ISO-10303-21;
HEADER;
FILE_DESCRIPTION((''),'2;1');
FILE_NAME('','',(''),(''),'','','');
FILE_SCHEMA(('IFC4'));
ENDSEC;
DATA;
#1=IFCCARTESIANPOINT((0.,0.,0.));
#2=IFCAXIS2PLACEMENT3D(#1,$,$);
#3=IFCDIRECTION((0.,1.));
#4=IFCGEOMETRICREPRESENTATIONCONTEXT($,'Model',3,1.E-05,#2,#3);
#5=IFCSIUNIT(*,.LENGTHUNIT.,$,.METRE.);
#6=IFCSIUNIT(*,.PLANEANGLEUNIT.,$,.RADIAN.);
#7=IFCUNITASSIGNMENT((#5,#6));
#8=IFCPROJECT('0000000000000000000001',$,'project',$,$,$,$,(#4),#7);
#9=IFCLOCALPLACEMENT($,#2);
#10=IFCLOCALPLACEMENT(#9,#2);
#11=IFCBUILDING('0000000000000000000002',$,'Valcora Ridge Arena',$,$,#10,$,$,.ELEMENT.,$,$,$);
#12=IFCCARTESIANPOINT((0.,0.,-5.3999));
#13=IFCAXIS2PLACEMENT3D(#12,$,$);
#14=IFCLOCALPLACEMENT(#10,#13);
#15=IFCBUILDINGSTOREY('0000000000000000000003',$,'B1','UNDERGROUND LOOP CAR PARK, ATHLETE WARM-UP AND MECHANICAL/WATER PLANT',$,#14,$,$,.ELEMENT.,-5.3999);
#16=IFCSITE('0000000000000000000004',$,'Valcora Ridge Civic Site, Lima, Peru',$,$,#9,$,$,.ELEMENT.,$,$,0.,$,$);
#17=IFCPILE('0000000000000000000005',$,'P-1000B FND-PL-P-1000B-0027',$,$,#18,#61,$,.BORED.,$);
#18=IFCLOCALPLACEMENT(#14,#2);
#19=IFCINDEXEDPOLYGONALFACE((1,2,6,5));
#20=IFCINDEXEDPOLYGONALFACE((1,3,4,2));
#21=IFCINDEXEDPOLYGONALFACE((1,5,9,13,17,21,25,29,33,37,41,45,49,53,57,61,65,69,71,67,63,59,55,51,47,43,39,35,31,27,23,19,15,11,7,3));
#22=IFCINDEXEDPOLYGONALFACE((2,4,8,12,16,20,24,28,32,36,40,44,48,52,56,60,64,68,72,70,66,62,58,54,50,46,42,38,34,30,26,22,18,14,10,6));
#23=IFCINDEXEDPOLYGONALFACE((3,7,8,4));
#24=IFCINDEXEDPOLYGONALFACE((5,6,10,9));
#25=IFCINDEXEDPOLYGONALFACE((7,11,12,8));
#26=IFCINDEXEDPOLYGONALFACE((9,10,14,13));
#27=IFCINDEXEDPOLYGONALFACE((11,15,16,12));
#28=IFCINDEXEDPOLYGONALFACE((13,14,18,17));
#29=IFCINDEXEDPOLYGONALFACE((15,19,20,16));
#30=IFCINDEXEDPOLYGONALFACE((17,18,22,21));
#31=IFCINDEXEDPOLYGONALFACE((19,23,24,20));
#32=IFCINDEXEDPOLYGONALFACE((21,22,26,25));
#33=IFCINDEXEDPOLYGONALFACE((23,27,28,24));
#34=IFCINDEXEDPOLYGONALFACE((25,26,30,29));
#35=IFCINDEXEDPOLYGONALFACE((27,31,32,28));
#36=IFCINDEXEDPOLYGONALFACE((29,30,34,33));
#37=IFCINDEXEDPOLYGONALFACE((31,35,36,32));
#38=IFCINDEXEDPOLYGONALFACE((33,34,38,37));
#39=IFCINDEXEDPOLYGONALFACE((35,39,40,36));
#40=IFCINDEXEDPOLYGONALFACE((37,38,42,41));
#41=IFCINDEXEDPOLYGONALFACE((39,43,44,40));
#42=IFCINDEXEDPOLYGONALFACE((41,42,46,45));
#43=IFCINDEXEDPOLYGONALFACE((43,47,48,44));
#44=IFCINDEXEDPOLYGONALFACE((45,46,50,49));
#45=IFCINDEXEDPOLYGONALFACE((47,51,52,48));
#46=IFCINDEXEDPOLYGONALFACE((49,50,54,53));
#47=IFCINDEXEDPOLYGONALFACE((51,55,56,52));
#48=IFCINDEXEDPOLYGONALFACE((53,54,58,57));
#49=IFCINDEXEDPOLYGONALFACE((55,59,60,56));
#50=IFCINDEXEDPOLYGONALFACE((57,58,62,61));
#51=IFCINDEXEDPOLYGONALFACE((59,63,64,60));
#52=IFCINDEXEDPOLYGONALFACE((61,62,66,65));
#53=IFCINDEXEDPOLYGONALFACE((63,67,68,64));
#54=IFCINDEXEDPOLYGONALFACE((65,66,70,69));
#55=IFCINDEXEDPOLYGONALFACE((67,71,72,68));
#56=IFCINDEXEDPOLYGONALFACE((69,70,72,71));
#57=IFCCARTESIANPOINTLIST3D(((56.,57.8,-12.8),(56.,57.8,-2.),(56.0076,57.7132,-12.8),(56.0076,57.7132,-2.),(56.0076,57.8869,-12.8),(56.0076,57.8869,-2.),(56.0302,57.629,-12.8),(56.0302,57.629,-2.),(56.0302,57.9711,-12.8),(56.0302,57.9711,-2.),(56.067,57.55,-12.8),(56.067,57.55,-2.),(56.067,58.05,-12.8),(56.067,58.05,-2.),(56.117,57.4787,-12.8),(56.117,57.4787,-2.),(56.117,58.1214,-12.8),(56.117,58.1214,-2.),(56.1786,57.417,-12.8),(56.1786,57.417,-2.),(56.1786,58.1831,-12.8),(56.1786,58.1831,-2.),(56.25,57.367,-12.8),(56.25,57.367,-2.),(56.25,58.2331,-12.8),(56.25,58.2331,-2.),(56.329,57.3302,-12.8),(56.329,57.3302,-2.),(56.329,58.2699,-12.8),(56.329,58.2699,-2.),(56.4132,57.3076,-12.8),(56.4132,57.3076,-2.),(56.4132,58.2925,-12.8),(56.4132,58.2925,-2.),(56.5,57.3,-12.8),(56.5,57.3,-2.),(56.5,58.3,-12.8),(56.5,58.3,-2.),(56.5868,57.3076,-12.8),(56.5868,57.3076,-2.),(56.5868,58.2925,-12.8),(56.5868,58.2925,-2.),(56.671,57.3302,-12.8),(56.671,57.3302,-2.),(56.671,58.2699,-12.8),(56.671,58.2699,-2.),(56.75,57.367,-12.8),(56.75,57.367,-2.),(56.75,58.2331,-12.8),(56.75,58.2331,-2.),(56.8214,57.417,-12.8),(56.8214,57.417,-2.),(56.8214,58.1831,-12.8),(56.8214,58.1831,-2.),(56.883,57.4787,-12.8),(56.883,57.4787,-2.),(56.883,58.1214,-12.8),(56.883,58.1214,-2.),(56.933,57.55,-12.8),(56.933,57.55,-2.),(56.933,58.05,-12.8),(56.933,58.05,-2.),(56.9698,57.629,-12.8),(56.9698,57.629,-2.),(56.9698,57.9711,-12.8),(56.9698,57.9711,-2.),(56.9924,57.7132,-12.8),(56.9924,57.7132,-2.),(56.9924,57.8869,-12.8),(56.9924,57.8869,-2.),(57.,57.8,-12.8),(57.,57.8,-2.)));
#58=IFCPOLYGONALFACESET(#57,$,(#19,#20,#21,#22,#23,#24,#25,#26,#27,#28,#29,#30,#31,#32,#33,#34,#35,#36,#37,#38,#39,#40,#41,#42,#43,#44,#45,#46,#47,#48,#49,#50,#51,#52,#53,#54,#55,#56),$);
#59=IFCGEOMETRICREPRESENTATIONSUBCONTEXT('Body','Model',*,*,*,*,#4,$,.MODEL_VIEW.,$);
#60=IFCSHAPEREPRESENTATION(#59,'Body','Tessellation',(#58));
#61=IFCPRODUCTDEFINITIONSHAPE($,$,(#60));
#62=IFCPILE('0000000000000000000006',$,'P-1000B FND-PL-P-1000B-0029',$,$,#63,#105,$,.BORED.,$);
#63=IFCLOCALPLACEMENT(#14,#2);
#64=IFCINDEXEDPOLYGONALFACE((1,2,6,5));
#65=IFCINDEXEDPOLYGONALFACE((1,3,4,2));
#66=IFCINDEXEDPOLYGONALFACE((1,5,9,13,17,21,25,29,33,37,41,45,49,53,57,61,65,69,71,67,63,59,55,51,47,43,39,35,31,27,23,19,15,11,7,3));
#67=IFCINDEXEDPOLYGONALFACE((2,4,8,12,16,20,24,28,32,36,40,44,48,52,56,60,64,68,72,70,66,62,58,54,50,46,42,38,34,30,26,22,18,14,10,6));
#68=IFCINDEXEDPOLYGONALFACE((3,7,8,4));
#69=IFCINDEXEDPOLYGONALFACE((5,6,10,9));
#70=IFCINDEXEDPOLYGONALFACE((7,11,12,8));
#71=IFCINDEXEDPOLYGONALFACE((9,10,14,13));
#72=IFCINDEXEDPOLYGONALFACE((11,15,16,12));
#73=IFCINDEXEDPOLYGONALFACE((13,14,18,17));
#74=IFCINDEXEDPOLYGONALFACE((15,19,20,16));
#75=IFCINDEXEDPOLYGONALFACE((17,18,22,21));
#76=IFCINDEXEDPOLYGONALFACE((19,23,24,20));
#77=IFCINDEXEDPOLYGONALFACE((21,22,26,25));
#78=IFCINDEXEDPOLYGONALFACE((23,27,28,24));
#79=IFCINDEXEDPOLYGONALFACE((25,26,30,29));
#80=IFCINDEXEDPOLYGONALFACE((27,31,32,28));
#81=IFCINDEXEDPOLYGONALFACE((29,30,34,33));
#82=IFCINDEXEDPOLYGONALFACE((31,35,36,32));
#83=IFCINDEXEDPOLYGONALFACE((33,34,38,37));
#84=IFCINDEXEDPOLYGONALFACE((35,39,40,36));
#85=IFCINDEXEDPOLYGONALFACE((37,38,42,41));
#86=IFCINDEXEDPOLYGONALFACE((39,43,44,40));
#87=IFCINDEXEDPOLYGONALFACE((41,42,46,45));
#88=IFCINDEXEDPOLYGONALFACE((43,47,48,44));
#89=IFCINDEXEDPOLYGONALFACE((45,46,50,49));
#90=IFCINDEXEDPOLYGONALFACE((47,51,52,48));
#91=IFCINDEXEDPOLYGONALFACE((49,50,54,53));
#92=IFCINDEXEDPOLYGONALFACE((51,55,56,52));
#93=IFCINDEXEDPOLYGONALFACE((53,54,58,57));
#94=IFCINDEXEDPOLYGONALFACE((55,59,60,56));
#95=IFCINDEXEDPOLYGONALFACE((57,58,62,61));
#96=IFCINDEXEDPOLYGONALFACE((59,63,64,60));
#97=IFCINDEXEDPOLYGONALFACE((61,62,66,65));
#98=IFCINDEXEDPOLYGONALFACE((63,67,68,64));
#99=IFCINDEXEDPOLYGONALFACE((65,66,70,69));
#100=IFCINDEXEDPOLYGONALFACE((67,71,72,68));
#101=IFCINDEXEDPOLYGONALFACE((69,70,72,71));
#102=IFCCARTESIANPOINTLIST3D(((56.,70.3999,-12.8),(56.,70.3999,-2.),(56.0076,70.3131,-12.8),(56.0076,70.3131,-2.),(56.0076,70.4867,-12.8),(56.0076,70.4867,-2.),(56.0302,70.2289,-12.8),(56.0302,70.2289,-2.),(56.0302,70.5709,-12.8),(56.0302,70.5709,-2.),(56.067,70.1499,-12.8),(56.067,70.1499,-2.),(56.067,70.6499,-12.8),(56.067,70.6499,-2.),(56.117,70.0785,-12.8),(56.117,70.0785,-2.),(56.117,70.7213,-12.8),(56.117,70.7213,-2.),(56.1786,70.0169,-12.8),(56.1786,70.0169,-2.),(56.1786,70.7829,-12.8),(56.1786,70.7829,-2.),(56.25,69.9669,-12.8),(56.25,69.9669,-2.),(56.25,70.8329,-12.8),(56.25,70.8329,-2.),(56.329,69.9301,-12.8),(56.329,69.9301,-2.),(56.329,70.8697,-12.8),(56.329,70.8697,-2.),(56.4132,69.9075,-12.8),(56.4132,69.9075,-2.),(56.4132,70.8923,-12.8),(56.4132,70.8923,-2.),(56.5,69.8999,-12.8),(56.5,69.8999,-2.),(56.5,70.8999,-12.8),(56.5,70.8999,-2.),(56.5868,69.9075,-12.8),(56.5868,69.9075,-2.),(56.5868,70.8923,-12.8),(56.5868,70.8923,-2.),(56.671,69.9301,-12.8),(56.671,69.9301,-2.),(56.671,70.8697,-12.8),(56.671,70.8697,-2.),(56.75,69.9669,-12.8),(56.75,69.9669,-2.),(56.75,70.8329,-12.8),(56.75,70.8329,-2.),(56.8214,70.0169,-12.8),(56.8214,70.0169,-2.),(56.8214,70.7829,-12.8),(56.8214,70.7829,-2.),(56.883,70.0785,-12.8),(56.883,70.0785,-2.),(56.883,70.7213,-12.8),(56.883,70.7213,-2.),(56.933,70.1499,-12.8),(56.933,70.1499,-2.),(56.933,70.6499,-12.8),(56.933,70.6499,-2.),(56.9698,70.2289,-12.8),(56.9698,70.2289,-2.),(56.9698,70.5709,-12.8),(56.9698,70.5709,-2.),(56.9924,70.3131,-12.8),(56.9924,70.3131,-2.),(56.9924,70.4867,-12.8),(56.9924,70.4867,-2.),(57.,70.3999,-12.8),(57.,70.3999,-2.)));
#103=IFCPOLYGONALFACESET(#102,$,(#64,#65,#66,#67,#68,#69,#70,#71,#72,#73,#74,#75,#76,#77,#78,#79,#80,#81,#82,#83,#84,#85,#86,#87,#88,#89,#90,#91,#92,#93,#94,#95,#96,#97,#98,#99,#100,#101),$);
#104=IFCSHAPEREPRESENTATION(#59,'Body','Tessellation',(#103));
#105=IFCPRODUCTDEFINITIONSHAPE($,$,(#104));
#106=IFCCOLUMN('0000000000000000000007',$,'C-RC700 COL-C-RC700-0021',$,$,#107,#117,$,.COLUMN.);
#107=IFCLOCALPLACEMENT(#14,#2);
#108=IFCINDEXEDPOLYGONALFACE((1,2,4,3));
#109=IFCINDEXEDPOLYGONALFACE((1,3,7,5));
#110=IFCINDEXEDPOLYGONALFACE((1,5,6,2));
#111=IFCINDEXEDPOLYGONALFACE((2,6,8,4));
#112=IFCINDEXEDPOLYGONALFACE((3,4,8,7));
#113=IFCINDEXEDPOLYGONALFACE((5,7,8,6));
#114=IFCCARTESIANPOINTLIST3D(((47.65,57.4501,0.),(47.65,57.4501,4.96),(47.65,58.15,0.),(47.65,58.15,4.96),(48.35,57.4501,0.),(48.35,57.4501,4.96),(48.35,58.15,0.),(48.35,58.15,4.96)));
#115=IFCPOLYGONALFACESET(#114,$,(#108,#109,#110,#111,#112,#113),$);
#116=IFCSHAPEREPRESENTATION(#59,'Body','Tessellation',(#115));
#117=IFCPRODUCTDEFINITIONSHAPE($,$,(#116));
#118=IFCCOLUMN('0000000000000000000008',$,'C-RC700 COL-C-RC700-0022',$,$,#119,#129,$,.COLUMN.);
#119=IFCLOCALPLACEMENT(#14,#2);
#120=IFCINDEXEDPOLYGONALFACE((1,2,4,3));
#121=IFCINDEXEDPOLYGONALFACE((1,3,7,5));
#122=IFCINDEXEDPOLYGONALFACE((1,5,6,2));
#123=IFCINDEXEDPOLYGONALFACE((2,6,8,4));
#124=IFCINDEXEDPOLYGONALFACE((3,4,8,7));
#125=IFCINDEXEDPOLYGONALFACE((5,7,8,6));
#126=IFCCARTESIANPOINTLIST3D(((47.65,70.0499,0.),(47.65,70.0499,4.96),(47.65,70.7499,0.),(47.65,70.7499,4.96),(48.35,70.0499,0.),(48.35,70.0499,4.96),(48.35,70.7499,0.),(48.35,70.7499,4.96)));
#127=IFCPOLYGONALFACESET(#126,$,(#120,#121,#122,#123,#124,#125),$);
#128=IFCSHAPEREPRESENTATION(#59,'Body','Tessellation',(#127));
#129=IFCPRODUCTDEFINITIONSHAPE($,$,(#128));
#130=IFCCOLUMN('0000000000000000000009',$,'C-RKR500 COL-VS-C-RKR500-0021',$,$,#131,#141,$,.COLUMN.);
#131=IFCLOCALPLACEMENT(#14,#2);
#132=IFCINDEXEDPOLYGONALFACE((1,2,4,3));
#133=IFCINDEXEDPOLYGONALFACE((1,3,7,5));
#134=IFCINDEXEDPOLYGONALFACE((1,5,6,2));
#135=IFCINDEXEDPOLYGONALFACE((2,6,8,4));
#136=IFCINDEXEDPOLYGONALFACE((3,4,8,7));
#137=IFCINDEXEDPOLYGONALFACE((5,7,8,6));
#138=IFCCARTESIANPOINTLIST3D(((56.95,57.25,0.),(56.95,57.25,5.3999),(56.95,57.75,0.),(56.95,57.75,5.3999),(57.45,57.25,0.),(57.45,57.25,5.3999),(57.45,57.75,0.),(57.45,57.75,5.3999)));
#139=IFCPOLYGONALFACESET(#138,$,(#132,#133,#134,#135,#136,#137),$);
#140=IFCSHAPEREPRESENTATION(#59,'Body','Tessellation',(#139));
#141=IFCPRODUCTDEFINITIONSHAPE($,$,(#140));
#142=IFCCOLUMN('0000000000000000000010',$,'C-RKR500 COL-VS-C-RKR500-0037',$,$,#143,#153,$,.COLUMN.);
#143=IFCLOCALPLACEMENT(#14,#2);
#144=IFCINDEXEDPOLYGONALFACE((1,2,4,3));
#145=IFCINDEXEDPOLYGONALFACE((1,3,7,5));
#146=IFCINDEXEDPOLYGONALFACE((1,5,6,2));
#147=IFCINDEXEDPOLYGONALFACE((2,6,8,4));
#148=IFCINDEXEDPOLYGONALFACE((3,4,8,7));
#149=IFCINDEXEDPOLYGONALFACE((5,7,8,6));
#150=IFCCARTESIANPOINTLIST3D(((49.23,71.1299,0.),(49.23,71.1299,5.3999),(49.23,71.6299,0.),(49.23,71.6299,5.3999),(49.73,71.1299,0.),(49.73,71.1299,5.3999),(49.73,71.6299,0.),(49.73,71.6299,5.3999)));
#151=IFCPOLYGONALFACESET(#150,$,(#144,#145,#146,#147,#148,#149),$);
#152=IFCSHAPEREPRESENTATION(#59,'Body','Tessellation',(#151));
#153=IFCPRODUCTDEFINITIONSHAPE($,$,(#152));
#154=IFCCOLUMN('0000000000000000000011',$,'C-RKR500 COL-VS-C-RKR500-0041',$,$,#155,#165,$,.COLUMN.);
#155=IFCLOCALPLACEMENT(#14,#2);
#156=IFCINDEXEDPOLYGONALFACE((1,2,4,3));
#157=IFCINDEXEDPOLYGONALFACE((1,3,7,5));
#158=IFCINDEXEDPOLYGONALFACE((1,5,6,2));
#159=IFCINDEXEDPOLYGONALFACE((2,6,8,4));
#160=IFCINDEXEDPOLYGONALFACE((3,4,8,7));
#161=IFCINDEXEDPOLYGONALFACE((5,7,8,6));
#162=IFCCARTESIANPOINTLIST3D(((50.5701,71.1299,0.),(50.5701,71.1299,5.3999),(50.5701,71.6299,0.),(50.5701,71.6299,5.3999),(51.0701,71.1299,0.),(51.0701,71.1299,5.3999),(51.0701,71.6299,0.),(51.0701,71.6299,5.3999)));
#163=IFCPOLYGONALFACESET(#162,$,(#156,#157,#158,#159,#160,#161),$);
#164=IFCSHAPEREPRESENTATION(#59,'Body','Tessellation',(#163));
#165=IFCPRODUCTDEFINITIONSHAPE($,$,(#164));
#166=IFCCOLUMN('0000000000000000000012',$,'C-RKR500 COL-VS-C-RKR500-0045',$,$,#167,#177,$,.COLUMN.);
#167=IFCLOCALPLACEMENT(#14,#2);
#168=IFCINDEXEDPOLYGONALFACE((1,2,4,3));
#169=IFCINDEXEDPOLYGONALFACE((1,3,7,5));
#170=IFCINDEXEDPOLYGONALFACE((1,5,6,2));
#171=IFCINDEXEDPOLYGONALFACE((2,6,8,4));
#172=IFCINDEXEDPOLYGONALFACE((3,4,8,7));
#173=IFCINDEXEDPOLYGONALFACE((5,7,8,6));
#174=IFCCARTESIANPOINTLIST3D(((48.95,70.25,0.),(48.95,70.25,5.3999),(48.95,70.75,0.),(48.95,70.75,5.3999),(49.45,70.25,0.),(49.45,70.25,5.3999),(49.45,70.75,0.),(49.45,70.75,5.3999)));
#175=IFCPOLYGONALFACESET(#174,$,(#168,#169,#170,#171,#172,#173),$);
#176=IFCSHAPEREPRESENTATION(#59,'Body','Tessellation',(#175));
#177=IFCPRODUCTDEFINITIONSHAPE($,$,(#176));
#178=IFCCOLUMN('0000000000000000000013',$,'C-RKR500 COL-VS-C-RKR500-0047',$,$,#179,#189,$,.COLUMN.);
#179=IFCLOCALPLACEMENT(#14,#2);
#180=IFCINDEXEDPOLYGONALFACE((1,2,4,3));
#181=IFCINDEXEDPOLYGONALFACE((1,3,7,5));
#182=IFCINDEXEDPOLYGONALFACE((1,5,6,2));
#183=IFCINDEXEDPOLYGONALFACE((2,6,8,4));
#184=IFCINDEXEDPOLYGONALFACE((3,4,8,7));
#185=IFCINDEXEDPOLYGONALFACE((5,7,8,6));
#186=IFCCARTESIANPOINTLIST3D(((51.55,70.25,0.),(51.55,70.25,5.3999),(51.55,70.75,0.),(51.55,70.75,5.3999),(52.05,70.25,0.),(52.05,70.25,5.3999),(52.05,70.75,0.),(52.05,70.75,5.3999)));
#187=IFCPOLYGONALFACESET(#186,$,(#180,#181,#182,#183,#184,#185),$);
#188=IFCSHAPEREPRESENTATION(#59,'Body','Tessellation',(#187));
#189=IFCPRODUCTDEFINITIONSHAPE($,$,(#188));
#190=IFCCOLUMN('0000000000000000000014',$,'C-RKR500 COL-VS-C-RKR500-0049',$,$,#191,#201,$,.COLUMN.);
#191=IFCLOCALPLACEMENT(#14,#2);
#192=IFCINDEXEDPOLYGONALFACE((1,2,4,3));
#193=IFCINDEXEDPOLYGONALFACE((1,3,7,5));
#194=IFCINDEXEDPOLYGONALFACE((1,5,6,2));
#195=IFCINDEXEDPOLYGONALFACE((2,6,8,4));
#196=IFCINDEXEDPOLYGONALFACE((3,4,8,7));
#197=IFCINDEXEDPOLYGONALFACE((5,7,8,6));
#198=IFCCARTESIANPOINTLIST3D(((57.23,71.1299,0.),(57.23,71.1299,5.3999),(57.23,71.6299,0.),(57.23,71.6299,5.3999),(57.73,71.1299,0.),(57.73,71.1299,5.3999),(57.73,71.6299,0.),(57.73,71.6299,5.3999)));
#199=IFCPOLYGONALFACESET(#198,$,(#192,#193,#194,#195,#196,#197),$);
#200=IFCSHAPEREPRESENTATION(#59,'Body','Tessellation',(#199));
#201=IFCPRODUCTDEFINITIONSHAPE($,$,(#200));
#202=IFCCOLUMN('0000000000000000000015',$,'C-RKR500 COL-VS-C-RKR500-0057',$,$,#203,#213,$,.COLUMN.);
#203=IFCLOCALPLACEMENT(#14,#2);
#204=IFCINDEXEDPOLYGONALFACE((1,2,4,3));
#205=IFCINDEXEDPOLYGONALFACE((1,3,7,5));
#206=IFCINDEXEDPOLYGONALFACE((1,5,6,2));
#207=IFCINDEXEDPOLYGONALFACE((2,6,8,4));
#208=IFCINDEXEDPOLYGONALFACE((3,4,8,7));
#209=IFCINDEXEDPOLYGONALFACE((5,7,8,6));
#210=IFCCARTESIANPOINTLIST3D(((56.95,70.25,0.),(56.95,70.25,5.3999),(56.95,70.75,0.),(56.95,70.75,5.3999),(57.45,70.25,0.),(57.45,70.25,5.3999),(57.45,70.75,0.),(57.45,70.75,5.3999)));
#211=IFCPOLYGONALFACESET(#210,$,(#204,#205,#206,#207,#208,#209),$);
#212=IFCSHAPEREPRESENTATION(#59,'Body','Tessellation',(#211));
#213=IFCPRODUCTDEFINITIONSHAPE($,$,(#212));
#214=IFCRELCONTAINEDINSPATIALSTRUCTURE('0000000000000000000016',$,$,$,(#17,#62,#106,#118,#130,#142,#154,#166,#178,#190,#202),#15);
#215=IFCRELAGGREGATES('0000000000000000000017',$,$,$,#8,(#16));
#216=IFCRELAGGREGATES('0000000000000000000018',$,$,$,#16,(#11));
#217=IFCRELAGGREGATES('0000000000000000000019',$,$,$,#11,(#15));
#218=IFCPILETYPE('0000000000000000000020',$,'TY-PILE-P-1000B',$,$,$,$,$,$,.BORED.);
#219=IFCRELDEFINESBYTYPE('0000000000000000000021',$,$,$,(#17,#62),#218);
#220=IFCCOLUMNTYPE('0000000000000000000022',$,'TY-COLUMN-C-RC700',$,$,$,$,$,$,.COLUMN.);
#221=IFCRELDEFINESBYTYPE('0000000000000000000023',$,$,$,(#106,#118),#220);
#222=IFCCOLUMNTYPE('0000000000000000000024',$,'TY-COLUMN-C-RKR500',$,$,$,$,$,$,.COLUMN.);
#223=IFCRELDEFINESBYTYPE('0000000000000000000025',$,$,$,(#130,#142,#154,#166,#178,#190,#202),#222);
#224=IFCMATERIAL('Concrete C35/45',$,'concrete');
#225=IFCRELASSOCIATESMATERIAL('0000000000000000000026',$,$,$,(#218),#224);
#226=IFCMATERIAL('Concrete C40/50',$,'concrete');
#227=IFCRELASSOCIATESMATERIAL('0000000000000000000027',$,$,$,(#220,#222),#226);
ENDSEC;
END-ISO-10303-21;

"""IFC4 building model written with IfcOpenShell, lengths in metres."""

from ifc_helpers import new_model, si_unit, direction, frame, origin, origin_2d, place, context, subcontext, project, spatial, rectangle, circle, extrude, material, material_profile, profile_set, type_object, element, save


model = new_model("IFC4")

# Units and contexts
model_context = context("Model", 3, precision=1e-05, world=origin(), true_north=direction((0.0, 1.0)))
body_context = subcontext(model_context, "Body", "Model", "MODEL_VIEW")
ifc_project = project(units=[si_unit("LENGTHUNIT", "METRE"), si_unit("PLANEANGLEUNIT", "RADIAN")], contexts=[model_context])

# Site, building, storey
site_placement = place(None, origin())
site = spatial("IfcSite", under=ifc_project, at=site_placement, Name="Valcora Ridge Civic Site, Lima, Peru", CompositionType="ELEMENT", RefElevation=0.0)
building_placement = place(site_placement, origin())
building = spatial("IfcBuilding", under=site, at=building_placement, Name="Valcora Ridge Arena", CompositionType="ELEMENT")
storey_placement = place(building_placement, frame((0.0, 0.0, -5.3999)))
storey = spatial("IfcBuildingStorey", under=building, at=storey_placement, Name="B1", Description="UNDERGROUND LOOP CAR PARK, ATHLETE WARM-UP AND MECHANICAL/WATER PLANT", CompositionType="ELEMENT", Elevation=-5.3999)

# Shared definitions
ifc_material_1 = material(Name="Concrete C40/50", Category="concrete")

# Piles
ifc_material_2 = material(Name="Concrete C35/45", Category="concrete")
ifc_material_profile_1 = material_profile(ifc_material_2, circle(Radius=0.5, at=origin_2d()), Name="BORED PILE D1000")
ifc_profile_set_1 = profile_set([ifc_material_profile_1], Name="Concrete C35/45")
pile_type = type_object("IfcPileType", Name="TY-PILE-P-1000B", PredefinedType="BORED", material=ifc_profile_set_1)
for number, where, z_axis, x_axis, name in (
    (1, (56.5, 57.8, -2.0), (0.0, 0.0, -1.0), (1.0, 0.0, 0.0), "P-1000B FND-PL-P-1000B-0027"),
    (2, (56.5, 70.3999, -2.0), (0.0, 0.0, -1.0), (1.0, 0.0, 0.0), "P-1000B FND-PL-P-1000B-0029"),
):
    element("IfcPile", number, at=place(storey_placement, frame(where, z_axis=z_axis, x_axis=x_axis)), inside=storey, type_object=pile_type, Name=name, PredefinedType="BORED", context=body_context, shape_type="SweptSolid", body=[
        extrude(circle(Radius=0.5, at=origin_2d()), origin(), (0.0, 0.0, 1.0), 10.8),
    ])

# Columns
ifc_material_profile_2 = material_profile(ifc_material_1, rectangle(XDim=0.7, YDim=0.7, at=origin_2d()), Name="RC 700x700")
ifc_profile_set_2 = profile_set([ifc_material_profile_2], Name="Concrete C40/50")
column_type_1 = type_object("IfcColumnType", Name="TY-COLUMN-C-RC700", PredefinedType="COLUMN", material=ifc_profile_set_2)
for number, where, z_axis, x_axis, name in (
    (3, (48.0, 57.8, 0.0), (0.0, 0.0, 1.0), (1.0, 0.0, 0.0), "C-RC700 COL-C-RC700-0021"),
    (4, (48.0, 70.3999, 0.0), (0.0, 0.0, 1.0), (1.0, 0.0, 0.0), "C-RC700 COL-C-RC700-0022"),
):
    element("IfcColumn", number, at=place(storey_placement, frame(where, z_axis=z_axis, x_axis=x_axis)), inside=storey, type_object=column_type_1, Name=name, PredefinedType="COLUMN", context=body_context, shape_type="SweptSolid", body=[
        extrude(rectangle(XDim=0.7, YDim=0.7, at=origin_2d()), origin(), (0.0, 0.0, 1.0), 4.96),
    ])
ifc_material_profile_3 = material_profile(ifc_material_1, rectangle(XDim=0.5, YDim=0.5, at=origin_2d()), Name="RC 500x500")
ifc_profile_set_3 = profile_set([ifc_material_profile_3], Name="Concrete C40/50")
column_type_2 = type_object("IfcColumnType", Name="TY-COLUMN-C-RKR500", PredefinedType="COLUMN", material=ifc_profile_set_3)
for number, where, z_axis, x_axis, name in (
    (5, (57.2, 57.5, 0.0), (0.0, 0.0, 1.0), (1.0, 0.0, 0.0), "C-RKR500 COL-VS-C-RKR500-0021"),
    (6, (49.48, 71.3799, 0.0), (0.0, 0.0, 1.0), (1.0, 0.0, 0.0), "C-RKR500 COL-VS-C-RKR500-0037"),
    (7, (50.8201, 71.3799, 0.0), (0.0, 0.0, 1.0), (1.0, 0.0, 0.0), "C-RKR500 COL-VS-C-RKR500-0041"),
    (8, (49.2, 70.5, 0.0), (0.0, 0.0, 1.0), (1.0, 0.0, 0.0), "C-RKR500 COL-VS-C-RKR500-0045"),
    (9, (51.8, 70.5, 0.0), (0.0, 0.0, 1.0), (1.0, 0.0, 0.0), "C-RKR500 COL-VS-C-RKR500-0047"),
    (10, (57.48, 71.3799, 0.0), (0.0, 0.0, 1.0), (1.0, 0.0, 0.0), "C-RKR500 COL-VS-C-RKR500-0049"),
    (11, (57.2, 70.5, 0.0), (0.0, 0.0, 1.0), (1.0, 0.0, 0.0), "C-RKR500 COL-VS-C-RKR500-0057"),
):
    element("IfcColumn", number, at=place(storey_placement, frame(where, z_axis=z_axis, x_axis=x_axis)), inside=storey, type_object=column_type_2, Name=name, PredefinedType="COLUMN", context=body_context, shape_type="SweptSolid", body=[
        extrude(rectangle(XDim=0.5, YDim=0.5, at=origin_2d()), origin(), (0.0, 0.0, 1.0), 5.3999),
    ])

save(model, "model.ifc")
